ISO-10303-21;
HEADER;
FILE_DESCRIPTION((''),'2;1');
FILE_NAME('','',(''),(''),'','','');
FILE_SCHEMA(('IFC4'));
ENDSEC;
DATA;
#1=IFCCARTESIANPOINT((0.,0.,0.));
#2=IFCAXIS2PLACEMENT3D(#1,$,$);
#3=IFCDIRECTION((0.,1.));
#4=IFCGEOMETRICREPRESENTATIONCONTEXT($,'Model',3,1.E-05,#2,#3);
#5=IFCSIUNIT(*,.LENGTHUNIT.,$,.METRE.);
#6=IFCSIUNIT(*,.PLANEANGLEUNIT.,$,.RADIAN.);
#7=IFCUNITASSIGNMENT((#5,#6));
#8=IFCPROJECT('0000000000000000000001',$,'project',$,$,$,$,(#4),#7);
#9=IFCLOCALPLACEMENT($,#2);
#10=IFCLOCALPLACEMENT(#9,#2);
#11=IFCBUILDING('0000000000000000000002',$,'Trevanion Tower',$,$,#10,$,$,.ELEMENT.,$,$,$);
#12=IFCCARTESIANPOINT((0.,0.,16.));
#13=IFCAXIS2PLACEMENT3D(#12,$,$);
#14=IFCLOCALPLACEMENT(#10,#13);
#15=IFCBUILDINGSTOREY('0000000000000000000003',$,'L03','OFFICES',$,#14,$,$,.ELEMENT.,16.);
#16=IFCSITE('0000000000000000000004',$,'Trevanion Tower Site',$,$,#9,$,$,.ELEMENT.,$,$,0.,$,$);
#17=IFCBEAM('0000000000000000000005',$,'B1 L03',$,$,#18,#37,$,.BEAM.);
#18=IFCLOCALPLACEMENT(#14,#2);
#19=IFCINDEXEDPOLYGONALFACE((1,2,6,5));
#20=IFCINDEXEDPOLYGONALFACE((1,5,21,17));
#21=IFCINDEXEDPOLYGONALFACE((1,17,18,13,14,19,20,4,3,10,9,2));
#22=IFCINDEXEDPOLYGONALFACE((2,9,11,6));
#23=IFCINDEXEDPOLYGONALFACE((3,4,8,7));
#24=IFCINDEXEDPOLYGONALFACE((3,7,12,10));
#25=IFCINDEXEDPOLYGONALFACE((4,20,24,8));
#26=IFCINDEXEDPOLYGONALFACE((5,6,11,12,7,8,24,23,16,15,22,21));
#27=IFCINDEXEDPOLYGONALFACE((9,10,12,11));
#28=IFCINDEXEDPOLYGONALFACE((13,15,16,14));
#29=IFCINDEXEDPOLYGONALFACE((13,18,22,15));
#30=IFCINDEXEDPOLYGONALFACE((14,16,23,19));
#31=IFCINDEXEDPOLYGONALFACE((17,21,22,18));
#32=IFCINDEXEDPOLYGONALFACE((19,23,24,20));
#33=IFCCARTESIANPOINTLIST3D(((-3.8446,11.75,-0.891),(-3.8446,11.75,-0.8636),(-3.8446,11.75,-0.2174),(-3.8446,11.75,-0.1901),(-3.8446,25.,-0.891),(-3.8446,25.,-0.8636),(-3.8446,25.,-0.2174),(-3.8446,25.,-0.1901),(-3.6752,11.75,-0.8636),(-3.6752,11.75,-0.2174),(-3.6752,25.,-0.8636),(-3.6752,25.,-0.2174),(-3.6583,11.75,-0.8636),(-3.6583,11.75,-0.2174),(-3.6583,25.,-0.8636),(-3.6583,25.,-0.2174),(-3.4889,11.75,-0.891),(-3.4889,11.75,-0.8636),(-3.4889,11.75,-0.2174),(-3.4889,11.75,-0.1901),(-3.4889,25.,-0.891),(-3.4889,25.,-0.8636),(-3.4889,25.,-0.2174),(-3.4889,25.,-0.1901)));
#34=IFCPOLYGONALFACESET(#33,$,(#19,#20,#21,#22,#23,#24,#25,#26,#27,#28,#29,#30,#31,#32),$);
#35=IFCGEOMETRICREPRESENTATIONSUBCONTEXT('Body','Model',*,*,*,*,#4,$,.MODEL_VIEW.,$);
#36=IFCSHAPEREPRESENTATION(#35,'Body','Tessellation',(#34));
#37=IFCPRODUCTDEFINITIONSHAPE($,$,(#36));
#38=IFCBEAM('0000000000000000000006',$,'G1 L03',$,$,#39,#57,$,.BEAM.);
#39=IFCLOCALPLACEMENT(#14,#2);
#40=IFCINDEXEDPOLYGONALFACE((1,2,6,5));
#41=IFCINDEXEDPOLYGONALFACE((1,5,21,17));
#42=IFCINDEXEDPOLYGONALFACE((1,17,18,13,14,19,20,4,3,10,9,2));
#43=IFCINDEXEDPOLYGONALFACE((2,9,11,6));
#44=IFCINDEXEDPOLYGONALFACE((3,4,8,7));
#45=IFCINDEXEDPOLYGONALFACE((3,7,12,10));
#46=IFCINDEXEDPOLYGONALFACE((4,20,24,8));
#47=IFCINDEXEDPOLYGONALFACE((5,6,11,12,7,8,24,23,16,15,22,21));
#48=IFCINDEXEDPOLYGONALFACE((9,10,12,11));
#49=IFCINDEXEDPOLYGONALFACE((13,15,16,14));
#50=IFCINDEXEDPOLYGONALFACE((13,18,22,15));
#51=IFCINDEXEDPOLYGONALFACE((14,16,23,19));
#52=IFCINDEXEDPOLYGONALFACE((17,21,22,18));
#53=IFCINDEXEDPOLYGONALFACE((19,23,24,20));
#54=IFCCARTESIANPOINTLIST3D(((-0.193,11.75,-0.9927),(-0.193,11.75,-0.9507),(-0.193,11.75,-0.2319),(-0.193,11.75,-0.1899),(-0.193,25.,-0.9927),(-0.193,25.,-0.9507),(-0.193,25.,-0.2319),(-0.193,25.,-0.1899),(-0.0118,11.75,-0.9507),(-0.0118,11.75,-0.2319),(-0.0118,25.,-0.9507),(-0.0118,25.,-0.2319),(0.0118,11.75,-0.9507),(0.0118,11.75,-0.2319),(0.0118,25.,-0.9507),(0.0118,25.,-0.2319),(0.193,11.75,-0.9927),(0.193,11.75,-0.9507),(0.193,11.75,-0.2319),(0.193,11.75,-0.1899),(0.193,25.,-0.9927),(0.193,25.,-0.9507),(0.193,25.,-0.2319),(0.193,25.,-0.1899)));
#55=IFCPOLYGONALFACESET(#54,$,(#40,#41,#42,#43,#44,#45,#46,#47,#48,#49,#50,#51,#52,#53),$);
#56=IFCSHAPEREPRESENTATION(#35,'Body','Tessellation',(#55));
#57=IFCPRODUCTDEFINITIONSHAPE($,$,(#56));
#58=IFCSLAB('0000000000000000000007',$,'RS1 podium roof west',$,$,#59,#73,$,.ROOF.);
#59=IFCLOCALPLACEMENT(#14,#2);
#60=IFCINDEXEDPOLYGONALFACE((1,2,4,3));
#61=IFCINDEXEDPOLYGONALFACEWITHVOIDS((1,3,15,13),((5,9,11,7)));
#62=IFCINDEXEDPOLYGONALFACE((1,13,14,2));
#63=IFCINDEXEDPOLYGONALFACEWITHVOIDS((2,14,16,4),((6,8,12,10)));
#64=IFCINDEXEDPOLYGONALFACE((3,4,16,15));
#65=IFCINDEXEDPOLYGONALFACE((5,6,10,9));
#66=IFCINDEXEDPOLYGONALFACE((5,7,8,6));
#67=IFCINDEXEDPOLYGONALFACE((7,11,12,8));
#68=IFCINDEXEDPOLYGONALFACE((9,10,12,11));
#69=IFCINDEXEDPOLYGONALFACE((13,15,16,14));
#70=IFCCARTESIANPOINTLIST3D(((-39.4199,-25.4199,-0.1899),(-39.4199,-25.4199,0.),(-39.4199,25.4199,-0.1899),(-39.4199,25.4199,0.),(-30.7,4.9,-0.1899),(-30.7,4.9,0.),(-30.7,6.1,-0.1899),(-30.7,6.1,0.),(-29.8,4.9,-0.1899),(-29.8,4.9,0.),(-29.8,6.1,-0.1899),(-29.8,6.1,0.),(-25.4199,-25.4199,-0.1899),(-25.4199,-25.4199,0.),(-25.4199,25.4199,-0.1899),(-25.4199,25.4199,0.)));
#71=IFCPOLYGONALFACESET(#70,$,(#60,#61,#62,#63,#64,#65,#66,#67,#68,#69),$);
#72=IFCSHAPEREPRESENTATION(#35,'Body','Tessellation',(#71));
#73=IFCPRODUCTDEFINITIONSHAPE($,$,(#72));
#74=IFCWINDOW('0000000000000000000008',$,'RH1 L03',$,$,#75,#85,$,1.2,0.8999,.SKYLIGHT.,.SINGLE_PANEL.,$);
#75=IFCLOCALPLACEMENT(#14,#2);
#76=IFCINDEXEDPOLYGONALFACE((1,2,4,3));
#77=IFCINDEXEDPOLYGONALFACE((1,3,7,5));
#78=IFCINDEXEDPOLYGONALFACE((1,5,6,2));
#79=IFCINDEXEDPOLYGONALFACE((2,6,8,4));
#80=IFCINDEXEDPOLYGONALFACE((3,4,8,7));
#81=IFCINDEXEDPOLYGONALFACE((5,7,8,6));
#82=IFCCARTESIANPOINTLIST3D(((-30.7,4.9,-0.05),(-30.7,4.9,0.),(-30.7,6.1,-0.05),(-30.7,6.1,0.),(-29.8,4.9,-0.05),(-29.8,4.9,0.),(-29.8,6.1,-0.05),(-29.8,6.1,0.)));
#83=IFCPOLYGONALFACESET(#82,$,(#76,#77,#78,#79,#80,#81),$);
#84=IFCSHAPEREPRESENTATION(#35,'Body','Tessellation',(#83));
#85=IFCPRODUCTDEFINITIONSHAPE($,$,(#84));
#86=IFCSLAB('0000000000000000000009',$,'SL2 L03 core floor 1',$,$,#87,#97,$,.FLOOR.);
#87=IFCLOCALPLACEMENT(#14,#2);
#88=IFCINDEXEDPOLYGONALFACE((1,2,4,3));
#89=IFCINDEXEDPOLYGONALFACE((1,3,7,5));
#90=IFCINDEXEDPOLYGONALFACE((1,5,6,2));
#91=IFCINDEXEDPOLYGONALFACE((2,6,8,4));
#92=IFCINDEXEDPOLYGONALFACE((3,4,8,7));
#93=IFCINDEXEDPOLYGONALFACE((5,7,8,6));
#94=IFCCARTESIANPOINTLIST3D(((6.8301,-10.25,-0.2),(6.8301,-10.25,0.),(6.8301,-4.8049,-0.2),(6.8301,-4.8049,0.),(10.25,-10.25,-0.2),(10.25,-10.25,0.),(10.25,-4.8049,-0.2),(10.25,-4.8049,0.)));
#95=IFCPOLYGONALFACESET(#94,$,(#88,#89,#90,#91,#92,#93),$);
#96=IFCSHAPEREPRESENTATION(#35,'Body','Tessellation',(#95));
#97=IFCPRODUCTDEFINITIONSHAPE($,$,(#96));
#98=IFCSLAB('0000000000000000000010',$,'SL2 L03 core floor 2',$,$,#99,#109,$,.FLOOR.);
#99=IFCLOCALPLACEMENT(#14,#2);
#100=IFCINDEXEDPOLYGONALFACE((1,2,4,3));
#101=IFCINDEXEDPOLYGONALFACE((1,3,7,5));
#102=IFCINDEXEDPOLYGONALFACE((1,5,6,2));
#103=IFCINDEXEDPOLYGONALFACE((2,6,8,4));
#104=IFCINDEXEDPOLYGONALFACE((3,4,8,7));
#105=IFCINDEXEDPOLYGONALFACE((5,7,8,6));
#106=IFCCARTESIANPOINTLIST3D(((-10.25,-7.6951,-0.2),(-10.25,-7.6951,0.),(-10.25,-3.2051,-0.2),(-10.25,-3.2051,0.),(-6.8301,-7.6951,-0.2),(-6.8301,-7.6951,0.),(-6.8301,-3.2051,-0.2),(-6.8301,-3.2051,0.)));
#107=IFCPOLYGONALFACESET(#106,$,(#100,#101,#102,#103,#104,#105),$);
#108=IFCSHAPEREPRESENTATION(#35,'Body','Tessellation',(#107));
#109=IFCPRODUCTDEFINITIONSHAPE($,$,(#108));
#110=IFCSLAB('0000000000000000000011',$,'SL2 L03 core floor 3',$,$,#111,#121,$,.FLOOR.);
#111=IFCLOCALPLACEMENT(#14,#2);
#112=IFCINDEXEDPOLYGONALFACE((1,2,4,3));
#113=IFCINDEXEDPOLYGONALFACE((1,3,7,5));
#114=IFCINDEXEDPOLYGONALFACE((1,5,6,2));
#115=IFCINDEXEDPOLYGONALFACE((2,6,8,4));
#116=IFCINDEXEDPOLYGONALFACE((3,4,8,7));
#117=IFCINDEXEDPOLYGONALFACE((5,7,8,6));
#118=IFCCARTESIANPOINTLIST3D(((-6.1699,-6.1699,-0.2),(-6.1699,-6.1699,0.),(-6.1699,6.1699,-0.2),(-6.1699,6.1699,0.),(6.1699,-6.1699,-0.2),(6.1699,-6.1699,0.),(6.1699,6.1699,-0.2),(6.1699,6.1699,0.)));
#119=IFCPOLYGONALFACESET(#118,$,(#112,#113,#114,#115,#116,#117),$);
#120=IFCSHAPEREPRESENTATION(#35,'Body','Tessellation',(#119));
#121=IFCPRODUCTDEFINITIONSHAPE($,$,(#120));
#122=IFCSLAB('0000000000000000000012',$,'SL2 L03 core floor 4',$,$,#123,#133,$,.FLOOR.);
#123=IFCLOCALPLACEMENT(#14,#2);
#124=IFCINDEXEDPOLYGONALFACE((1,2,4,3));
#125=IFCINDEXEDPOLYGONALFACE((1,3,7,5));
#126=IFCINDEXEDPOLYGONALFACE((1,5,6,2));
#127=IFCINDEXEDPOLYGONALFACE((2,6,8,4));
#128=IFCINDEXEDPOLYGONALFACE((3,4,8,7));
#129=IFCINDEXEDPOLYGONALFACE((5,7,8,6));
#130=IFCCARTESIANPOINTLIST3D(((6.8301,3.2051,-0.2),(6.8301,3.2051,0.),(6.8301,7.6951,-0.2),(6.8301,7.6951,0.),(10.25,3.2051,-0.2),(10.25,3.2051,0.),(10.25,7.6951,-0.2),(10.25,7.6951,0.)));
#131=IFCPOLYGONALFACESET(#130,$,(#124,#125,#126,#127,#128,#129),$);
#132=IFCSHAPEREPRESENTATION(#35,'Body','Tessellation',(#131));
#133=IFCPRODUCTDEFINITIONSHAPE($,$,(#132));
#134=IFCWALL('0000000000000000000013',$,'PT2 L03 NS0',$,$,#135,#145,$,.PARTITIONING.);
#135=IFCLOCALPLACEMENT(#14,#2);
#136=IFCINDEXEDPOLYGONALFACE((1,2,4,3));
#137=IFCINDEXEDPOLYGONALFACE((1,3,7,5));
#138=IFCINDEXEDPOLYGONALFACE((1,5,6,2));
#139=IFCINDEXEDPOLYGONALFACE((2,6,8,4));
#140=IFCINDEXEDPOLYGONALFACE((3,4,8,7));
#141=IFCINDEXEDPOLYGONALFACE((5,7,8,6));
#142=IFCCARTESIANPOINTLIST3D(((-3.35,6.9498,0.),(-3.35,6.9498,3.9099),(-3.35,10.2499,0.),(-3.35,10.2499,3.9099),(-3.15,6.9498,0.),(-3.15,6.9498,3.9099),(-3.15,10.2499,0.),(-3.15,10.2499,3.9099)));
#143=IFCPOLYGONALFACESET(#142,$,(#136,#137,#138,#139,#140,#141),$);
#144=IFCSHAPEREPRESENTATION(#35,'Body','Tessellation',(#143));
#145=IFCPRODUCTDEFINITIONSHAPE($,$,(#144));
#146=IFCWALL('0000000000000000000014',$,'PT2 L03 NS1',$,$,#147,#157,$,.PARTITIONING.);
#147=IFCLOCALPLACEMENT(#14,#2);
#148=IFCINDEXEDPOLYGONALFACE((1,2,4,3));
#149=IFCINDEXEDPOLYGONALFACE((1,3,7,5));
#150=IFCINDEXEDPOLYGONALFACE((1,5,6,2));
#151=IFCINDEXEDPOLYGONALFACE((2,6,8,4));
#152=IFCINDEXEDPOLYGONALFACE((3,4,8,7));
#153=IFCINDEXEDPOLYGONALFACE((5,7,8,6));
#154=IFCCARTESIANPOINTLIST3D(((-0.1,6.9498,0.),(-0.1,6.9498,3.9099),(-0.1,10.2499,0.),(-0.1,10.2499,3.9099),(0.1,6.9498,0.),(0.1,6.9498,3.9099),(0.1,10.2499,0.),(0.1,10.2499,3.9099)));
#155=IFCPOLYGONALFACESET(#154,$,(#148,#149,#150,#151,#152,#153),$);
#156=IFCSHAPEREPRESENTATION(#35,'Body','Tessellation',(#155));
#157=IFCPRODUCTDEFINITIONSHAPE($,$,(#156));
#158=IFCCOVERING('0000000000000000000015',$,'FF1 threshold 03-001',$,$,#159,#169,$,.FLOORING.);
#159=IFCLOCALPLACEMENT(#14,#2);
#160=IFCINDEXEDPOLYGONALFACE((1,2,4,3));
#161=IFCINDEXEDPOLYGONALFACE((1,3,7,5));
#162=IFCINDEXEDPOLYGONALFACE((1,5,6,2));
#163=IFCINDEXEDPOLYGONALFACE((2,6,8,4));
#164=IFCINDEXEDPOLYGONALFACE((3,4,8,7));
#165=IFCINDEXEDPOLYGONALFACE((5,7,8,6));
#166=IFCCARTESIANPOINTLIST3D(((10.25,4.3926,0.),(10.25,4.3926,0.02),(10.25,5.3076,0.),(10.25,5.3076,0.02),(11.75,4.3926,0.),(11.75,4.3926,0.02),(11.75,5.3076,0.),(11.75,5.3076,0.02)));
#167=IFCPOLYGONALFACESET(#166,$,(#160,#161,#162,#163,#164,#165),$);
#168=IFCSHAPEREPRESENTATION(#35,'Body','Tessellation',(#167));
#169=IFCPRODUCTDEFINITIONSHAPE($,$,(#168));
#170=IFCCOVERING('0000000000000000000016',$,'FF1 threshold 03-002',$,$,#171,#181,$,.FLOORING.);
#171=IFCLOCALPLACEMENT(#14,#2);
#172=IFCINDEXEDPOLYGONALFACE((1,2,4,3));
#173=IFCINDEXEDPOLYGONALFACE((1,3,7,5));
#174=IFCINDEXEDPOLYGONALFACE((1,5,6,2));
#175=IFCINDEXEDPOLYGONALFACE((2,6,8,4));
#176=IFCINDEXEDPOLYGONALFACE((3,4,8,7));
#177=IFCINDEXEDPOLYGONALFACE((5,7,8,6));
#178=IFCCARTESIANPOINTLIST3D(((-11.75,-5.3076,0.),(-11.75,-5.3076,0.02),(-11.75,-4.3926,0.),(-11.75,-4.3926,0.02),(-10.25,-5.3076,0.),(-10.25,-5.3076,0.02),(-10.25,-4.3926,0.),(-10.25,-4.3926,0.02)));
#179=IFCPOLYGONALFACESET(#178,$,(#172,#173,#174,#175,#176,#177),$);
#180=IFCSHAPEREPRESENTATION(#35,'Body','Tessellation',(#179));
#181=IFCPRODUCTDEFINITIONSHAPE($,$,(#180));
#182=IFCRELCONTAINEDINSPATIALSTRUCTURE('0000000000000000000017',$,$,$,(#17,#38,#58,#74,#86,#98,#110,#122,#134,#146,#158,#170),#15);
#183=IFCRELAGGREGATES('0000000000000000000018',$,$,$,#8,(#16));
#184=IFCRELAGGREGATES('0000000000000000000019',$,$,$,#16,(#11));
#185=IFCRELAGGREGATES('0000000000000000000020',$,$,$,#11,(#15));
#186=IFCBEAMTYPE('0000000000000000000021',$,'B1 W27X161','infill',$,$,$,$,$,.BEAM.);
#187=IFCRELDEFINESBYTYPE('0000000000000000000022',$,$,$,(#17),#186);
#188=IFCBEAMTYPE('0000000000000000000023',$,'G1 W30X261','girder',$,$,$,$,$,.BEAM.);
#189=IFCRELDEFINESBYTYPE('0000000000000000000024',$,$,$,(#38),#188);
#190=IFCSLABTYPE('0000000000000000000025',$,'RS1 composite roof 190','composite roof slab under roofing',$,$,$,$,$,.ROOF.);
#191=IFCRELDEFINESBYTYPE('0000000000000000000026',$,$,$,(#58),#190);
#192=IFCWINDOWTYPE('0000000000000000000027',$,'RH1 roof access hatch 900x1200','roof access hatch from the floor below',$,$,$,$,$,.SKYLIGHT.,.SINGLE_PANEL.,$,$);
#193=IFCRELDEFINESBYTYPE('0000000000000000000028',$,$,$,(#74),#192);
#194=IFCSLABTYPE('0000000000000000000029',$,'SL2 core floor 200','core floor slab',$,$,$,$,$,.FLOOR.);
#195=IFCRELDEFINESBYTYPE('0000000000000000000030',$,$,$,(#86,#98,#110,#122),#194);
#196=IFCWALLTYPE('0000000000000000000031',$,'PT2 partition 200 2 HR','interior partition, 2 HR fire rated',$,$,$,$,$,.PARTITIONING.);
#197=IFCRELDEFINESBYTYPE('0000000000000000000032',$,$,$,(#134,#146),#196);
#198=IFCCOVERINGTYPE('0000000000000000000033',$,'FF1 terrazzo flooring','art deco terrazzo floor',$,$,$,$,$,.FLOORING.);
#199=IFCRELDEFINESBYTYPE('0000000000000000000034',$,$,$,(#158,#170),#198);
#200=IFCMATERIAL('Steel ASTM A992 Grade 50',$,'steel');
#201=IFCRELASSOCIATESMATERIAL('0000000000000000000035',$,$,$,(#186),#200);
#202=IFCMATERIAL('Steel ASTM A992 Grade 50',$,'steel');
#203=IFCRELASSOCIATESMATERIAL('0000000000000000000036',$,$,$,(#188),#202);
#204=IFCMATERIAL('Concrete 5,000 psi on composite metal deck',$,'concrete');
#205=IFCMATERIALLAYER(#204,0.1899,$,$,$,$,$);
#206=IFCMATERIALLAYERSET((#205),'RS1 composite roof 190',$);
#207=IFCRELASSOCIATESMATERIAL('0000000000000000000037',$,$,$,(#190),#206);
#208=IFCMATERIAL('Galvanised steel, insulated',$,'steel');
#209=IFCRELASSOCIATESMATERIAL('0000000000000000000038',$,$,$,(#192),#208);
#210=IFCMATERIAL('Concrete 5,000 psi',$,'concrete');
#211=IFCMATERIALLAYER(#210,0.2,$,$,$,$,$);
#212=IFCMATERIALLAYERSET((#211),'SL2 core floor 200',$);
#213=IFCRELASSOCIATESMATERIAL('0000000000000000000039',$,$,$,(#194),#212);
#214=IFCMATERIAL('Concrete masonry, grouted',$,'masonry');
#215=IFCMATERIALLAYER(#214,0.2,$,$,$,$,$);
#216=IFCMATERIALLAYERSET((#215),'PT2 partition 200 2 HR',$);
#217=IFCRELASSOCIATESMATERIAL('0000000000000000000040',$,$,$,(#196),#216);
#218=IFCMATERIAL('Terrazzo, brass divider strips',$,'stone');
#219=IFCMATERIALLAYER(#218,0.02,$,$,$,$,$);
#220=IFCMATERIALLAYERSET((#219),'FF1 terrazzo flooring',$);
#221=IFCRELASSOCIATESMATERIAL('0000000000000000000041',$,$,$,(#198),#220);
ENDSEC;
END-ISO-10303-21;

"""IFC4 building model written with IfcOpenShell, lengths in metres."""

from ifc_helpers import new_model, si_unit, direction, frame, frame_2d, origin, origin_2d, place, context, subcontext, project, spatial, polyline, rectangle, i_section, outline, extrude, material, layer, layer_set, material_profile, profile_set, type_object, element, fill, save


model = new_model("IFC4")

# Units and contexts
model_context = context("Model", 3, precision=1e-05, world=origin(), true_north=direction((0.0, 1.0)))
body_context = subcontext(model_context, "Body", "Model", "MODEL_VIEW")
ifc_project = project(units=[si_unit("LENGTHUNIT", "METRE"), si_unit("PLANEANGLEUNIT", "RADIAN")], contexts=[model_context])

# Site, building, storey
site_placement = place(None, origin())
site = spatial("IfcSite", under=ifc_project, at=site_placement, Name="Trevanion Tower Site", CompositionType="ELEMENT", RefElevation=0.0)
building_placement = place(site_placement, origin())
building = spatial("IfcBuilding", under=site, at=building_placement, Name="Trevanion Tower", CompositionType="ELEMENT")
storey_placement = place(building_placement, frame((0.0, 0.0, 16.0)))
storey = spatial("IfcBuildingStorey", under=building, at=storey_placement, Name="L03", Description="OFFICES", CompositionType="ELEMENT", Elevation=16.0)

# Beams
ifc_material_1 = material(Name="Steel ASTM A992 Grade 50", Category="steel")
ifc_material_profile_1 = material_profile(ifc_material_1, i_section(OverallWidth=0.3557, OverallDepth=0.7009, WebThickness=0.0168, FlangeThickness=0.0273, at=origin_2d()), Name="W27X161")
ifc_profile_set_1 = profile_set([ifc_material_profile_1], Name="Steel ASTM A992 Grade 50")
beam_type_1 = type_object("IfcBeamType", Name="B1 W27X161", Description="infill", PredefinedType="BEAM", material=ifc_profile_set_1)
beam_1_placement = place(storey_placement, frame((-3.6667, 11.75, -0.5405), z_axis=(0.0, 1.0, 0.0), x_axis=(-1.0, 0.0, 0.0)))
element("IfcBeam", 1, at=beam_1_placement, inside=storey, type_object=beam_type_1, Name="B1 L03", PredefinedType="BEAM", context=body_context, shape_type="SweptSolid", body=[
    extrude(i_section(OverallWidth=0.3557, OverallDepth=0.7009, WebThickness=0.0168, FlangeThickness=0.0273, at=origin_2d()), origin(), (0.0, 0.0, 1.0), 13.25),
])
ifc_material_2 = material(Name="Steel ASTM A992 Grade 50", Category="steel")
ifc_material_profile_2 = material_profile(ifc_material_2, i_section(OverallWidth=0.386, OverallDepth=0.8027, WebThickness=0.0237, FlangeThickness=0.042, at=origin_2d()), Name="W30X261")
ifc_profile_set_2 = profile_set([ifc_material_profile_2], Name="Steel ASTM A992 Grade 50")
beam_type_2 = type_object("IfcBeamType", Name="G1 W30X261", Description="girder", PredefinedType="BEAM", material=ifc_profile_set_2)
beam_2_placement = place(storey_placement, frame((0.0, 11.75, -0.5913), z_axis=(0.0, 1.0, 0.0), x_axis=(-1.0, 0.0, 0.0)))
element("IfcBeam", 2, at=beam_2_placement, inside=storey, type_object=beam_type_2, Name="G1 L03", PredefinedType="BEAM", context=body_context, shape_type="SweptSolid", body=[
    extrude(i_section(OverallWidth=0.386, OverallDepth=0.8027, WebThickness=0.0237, FlangeThickness=0.042, at=origin_2d()), origin(), (0.0, 0.0, 1.0), 13.25),
])

# Slab, opening, window
ifc_material_3 = material(Name="Concrete 5,000 psi on composite metal deck", Category="concrete")
ifc_layer_1 = layer(ifc_material_3, 0.1899)
ifc_layer_set_1 = layer_set([ifc_layer_1], Name="RS1 composite roof 190")
slab_type_1 = type_object("IfcSlabType", Name="RS1 composite roof 190", Description="composite roof slab under roofing", PredefinedType="ROOF", material=ifc_layer_set_1)
slab_1_placement = place(storey_placement, frame((0.0, 0.0, -0.1899)))
slab_1 = element("IfcSlab", 3, at=slab_1_placement, inside=storey, type_object=slab_type_1, Name="RS1 podium roof west", PredefinedType="ROOF", context=body_context, shape_type="SweptSolid", body=[
    extrude(outline(polyline([(-25.4199, 25.4199), (-39.4199, 25.4199), (-39.4199, -25.4199), (-25.4199, -25.4199), (-25.4199, 25.4199)])), origin(), (0.0, 0.0, 1.0), 0.1899),
])
opening_placement = place(slab_1_placement, frame((-30.25, 5.5, 0.0)))
opening = element("IfcOpeningElement", 4, at=opening_placement, cuts=slab_1, PredefinedType="OPENING", context=body_context, shape_type="SweptSolid", body=[
    extrude(rectangle(XDim=0.8999, YDim=1.2, at=origin_2d()), origin(), (0.0, 0.0, 1.0), 0.1899),
])
ifc_material_4 = material(Name="Galvanised steel, insulated", Category="steel")
window_type = type_object("IfcWindowType", Name="RH1 roof access hatch 900x1200", Description="roof access hatch from the floor below", PartitioningType="SINGLE_PANEL", PredefinedType="SKYLIGHT", material=ifc_material_4)
window_placement = place(opening_placement, frame((0.0, 0.0, 0.1399)))
window = element("IfcWindow", 5, at=window_placement, inside=storey, type_object=window_type, Name="RH1 L03", OverallHeight=1.2, OverallWidth=0.8999, PartitioningType="SINGLE_PANEL", PredefinedType="SKYLIGHT", context=body_context, shape_type="SweptSolid", body=[
    extrude(rectangle(XDim=0.8999, YDim=1.2, at=origin_2d()), origin(), (0.0, 0.0, 1.0), 0.05),
])
fill(opening, window)

# Slabs
ifc_material_5 = material(Name="Concrete 5,000 psi", Category="concrete")
ifc_layer_2 = layer(ifc_material_5, 0.2)
ifc_layer_set_2 = layer_set([ifc_layer_2], Name="SL2 core floor 200")
slab_type_2 = type_object("IfcSlabType", Name="SL2 core floor 200", Description="core floor slab", PredefinedType="FLOOR", material=ifc_layer_set_2)
slab_2_placement = place(storey_placement, frame((0.0, 0.0, -0.2)))
element("IfcSlab", 6, at=slab_2_placement, inside=storey, type_object=slab_type_2, Name="SL2 L03 core floor 1", PredefinedType="FLOOR", context=body_context, shape_type="SweptSolid", body=[
    extrude(outline(polyline([(10.25, -4.8049), (10.25, -10.25), (6.8301, -10.25), (6.8301, -4.8049), (10.25, -4.8049)])), origin(), (0.0, 0.0, 1.0), 0.2),
])
slab_3_placement = place(storey_placement, frame((0.0, 0.0, -0.2)))
element("IfcSlab", 7, at=slab_3_placement, inside=storey, type_object=slab_type_2, Name="SL2 L03 core floor 2", PredefinedType="FLOOR", context=body_context, shape_type="SweptSolid", body=[
    extrude(outline(polyline([(-6.8301, -3.2051), (-6.8301, -7.6951), (-10.25, -7.6951), (-10.25, -3.2051), (-6.8301, -3.2051)])), origin(), (0.0, 0.0, 1.0), 0.2),
])
slab_4_placement = place(storey_placement, frame((0.0, 0.0, -0.2)))
element("IfcSlab", 8, at=slab_4_placement, inside=storey, type_object=slab_type_2, Name="SL2 L03 core floor 3", PredefinedType="FLOOR", context=body_context, shape_type="SweptSolid", body=[
    extrude(outline(polyline([(6.1699, -6.1699), (-6.1699, -6.1699), (-6.1699, 6.1699), (6.1699, 6.1699), (6.1699, -6.1699)])), origin(), (0.0, 0.0, 1.0), 0.2),
])
slab_5_placement = place(storey_placement, frame((0.0, 0.0, -0.2)))
element("IfcSlab", 9, at=slab_5_placement, inside=storey, type_object=slab_type_2, Name="SL2 L03 core floor 4", PredefinedType="FLOOR", context=body_context, shape_type="SweptSolid", body=[
    extrude(outline(polyline([(6.8301, 3.2051), (6.8301, 7.6951), (10.25, 7.6951), (10.25, 3.2051), (6.8301, 3.2051)])), origin(), (0.0, 0.0, 1.0), 0.2),
])

# Walls
ifc_material_6 = material(Name="Concrete masonry, grouted", Category="masonry")
ifc_layer_3 = layer(ifc_material_6, 0.2)
ifc_layer_set_3 = layer_set([ifc_layer_3], Name="PT2 partition 200 2 HR")
wall_type = type_object("IfcWallType", Name="PT2 partition 200 2 HR", Description="interior partition, 2 HR fire rated", PredefinedType="PARTITIONING", material=ifc_layer_set_3)
for number, where, z_axis, x_axis, name in (
    (10, (-3.25, 6.95, 0.0), (0.0, 0.0, 1.0), (0.0, 1.0, 0.0), "PT2 L03 NS0"),
    (11, (0.0, 6.95, 0.0), (0.0, 0.0, 1.0), (0.0, 1.0, 0.0), "PT2 L03 NS1"),
):
    element("IfcWall", number, at=place(storey_placement, frame(where, z_axis=z_axis, x_axis=x_axis)), inside=storey, type_object=wall_type, Name=name, PredefinedType="PARTITIONING", context=body_context, shape_type="SweptSolid", body=[
        extrude(rectangle(XDim=3.3, YDim=0.2, at=frame_2d((1.6499, 0.0))), origin(), (0.0, 0.0, 1.0), 3.9099),
    ])

# Coverings
ifc_material_7 = material(Name="Terrazzo, brass divider strips", Category="stone")
ifc_layer_4 = layer(ifc_material_7, 0.02)
ifc_layer_set_4 = layer_set([ifc_layer_4], Name="FF1 terrazzo flooring")
covering_type_1 = type_object("IfcCoveringType", Name="FF1 terrazzo flooring", Description="art deco terrazzo floor", PredefinedType="FLOORING", material=ifc_layer_set_4)
covering_1_placement = place(storey_placement, origin())
element("IfcCovering", 12, at=covering_1_placement, inside=storey, type_object=covering_type_1, Name="FF1 threshold 03-001", PredefinedType="FLOORING", context=body_context, shape_type="SweptSolid", body=[
    extrude(outline(polyline([(11.75, 4.3926), (11.75, 5.3076), (10.25, 5.3076), (10.25, 4.3926), (11.75, 4.3926)])), origin(), (0.0, 0.0, 1.0), 0.02),
])
covering_2_placement = place(storey_placement, origin())
element("IfcCovering", 13, at=covering_2_placement, inside=storey, type_object=covering_type_1, Name="FF1 threshold 03-002", PredefinedType="FLOORING", context=body_context, shape_type="SweptSolid", body=[
    extrude(outline(polyline([(-11.75, -4.3926), (-11.75, -5.3076), (-10.25, -5.3076), (-10.25, -4.3926), (-11.75, -4.3926)])), origin(), (0.0, 0.0, 1.0), 0.02),
])

save(model, "model.ifc")
